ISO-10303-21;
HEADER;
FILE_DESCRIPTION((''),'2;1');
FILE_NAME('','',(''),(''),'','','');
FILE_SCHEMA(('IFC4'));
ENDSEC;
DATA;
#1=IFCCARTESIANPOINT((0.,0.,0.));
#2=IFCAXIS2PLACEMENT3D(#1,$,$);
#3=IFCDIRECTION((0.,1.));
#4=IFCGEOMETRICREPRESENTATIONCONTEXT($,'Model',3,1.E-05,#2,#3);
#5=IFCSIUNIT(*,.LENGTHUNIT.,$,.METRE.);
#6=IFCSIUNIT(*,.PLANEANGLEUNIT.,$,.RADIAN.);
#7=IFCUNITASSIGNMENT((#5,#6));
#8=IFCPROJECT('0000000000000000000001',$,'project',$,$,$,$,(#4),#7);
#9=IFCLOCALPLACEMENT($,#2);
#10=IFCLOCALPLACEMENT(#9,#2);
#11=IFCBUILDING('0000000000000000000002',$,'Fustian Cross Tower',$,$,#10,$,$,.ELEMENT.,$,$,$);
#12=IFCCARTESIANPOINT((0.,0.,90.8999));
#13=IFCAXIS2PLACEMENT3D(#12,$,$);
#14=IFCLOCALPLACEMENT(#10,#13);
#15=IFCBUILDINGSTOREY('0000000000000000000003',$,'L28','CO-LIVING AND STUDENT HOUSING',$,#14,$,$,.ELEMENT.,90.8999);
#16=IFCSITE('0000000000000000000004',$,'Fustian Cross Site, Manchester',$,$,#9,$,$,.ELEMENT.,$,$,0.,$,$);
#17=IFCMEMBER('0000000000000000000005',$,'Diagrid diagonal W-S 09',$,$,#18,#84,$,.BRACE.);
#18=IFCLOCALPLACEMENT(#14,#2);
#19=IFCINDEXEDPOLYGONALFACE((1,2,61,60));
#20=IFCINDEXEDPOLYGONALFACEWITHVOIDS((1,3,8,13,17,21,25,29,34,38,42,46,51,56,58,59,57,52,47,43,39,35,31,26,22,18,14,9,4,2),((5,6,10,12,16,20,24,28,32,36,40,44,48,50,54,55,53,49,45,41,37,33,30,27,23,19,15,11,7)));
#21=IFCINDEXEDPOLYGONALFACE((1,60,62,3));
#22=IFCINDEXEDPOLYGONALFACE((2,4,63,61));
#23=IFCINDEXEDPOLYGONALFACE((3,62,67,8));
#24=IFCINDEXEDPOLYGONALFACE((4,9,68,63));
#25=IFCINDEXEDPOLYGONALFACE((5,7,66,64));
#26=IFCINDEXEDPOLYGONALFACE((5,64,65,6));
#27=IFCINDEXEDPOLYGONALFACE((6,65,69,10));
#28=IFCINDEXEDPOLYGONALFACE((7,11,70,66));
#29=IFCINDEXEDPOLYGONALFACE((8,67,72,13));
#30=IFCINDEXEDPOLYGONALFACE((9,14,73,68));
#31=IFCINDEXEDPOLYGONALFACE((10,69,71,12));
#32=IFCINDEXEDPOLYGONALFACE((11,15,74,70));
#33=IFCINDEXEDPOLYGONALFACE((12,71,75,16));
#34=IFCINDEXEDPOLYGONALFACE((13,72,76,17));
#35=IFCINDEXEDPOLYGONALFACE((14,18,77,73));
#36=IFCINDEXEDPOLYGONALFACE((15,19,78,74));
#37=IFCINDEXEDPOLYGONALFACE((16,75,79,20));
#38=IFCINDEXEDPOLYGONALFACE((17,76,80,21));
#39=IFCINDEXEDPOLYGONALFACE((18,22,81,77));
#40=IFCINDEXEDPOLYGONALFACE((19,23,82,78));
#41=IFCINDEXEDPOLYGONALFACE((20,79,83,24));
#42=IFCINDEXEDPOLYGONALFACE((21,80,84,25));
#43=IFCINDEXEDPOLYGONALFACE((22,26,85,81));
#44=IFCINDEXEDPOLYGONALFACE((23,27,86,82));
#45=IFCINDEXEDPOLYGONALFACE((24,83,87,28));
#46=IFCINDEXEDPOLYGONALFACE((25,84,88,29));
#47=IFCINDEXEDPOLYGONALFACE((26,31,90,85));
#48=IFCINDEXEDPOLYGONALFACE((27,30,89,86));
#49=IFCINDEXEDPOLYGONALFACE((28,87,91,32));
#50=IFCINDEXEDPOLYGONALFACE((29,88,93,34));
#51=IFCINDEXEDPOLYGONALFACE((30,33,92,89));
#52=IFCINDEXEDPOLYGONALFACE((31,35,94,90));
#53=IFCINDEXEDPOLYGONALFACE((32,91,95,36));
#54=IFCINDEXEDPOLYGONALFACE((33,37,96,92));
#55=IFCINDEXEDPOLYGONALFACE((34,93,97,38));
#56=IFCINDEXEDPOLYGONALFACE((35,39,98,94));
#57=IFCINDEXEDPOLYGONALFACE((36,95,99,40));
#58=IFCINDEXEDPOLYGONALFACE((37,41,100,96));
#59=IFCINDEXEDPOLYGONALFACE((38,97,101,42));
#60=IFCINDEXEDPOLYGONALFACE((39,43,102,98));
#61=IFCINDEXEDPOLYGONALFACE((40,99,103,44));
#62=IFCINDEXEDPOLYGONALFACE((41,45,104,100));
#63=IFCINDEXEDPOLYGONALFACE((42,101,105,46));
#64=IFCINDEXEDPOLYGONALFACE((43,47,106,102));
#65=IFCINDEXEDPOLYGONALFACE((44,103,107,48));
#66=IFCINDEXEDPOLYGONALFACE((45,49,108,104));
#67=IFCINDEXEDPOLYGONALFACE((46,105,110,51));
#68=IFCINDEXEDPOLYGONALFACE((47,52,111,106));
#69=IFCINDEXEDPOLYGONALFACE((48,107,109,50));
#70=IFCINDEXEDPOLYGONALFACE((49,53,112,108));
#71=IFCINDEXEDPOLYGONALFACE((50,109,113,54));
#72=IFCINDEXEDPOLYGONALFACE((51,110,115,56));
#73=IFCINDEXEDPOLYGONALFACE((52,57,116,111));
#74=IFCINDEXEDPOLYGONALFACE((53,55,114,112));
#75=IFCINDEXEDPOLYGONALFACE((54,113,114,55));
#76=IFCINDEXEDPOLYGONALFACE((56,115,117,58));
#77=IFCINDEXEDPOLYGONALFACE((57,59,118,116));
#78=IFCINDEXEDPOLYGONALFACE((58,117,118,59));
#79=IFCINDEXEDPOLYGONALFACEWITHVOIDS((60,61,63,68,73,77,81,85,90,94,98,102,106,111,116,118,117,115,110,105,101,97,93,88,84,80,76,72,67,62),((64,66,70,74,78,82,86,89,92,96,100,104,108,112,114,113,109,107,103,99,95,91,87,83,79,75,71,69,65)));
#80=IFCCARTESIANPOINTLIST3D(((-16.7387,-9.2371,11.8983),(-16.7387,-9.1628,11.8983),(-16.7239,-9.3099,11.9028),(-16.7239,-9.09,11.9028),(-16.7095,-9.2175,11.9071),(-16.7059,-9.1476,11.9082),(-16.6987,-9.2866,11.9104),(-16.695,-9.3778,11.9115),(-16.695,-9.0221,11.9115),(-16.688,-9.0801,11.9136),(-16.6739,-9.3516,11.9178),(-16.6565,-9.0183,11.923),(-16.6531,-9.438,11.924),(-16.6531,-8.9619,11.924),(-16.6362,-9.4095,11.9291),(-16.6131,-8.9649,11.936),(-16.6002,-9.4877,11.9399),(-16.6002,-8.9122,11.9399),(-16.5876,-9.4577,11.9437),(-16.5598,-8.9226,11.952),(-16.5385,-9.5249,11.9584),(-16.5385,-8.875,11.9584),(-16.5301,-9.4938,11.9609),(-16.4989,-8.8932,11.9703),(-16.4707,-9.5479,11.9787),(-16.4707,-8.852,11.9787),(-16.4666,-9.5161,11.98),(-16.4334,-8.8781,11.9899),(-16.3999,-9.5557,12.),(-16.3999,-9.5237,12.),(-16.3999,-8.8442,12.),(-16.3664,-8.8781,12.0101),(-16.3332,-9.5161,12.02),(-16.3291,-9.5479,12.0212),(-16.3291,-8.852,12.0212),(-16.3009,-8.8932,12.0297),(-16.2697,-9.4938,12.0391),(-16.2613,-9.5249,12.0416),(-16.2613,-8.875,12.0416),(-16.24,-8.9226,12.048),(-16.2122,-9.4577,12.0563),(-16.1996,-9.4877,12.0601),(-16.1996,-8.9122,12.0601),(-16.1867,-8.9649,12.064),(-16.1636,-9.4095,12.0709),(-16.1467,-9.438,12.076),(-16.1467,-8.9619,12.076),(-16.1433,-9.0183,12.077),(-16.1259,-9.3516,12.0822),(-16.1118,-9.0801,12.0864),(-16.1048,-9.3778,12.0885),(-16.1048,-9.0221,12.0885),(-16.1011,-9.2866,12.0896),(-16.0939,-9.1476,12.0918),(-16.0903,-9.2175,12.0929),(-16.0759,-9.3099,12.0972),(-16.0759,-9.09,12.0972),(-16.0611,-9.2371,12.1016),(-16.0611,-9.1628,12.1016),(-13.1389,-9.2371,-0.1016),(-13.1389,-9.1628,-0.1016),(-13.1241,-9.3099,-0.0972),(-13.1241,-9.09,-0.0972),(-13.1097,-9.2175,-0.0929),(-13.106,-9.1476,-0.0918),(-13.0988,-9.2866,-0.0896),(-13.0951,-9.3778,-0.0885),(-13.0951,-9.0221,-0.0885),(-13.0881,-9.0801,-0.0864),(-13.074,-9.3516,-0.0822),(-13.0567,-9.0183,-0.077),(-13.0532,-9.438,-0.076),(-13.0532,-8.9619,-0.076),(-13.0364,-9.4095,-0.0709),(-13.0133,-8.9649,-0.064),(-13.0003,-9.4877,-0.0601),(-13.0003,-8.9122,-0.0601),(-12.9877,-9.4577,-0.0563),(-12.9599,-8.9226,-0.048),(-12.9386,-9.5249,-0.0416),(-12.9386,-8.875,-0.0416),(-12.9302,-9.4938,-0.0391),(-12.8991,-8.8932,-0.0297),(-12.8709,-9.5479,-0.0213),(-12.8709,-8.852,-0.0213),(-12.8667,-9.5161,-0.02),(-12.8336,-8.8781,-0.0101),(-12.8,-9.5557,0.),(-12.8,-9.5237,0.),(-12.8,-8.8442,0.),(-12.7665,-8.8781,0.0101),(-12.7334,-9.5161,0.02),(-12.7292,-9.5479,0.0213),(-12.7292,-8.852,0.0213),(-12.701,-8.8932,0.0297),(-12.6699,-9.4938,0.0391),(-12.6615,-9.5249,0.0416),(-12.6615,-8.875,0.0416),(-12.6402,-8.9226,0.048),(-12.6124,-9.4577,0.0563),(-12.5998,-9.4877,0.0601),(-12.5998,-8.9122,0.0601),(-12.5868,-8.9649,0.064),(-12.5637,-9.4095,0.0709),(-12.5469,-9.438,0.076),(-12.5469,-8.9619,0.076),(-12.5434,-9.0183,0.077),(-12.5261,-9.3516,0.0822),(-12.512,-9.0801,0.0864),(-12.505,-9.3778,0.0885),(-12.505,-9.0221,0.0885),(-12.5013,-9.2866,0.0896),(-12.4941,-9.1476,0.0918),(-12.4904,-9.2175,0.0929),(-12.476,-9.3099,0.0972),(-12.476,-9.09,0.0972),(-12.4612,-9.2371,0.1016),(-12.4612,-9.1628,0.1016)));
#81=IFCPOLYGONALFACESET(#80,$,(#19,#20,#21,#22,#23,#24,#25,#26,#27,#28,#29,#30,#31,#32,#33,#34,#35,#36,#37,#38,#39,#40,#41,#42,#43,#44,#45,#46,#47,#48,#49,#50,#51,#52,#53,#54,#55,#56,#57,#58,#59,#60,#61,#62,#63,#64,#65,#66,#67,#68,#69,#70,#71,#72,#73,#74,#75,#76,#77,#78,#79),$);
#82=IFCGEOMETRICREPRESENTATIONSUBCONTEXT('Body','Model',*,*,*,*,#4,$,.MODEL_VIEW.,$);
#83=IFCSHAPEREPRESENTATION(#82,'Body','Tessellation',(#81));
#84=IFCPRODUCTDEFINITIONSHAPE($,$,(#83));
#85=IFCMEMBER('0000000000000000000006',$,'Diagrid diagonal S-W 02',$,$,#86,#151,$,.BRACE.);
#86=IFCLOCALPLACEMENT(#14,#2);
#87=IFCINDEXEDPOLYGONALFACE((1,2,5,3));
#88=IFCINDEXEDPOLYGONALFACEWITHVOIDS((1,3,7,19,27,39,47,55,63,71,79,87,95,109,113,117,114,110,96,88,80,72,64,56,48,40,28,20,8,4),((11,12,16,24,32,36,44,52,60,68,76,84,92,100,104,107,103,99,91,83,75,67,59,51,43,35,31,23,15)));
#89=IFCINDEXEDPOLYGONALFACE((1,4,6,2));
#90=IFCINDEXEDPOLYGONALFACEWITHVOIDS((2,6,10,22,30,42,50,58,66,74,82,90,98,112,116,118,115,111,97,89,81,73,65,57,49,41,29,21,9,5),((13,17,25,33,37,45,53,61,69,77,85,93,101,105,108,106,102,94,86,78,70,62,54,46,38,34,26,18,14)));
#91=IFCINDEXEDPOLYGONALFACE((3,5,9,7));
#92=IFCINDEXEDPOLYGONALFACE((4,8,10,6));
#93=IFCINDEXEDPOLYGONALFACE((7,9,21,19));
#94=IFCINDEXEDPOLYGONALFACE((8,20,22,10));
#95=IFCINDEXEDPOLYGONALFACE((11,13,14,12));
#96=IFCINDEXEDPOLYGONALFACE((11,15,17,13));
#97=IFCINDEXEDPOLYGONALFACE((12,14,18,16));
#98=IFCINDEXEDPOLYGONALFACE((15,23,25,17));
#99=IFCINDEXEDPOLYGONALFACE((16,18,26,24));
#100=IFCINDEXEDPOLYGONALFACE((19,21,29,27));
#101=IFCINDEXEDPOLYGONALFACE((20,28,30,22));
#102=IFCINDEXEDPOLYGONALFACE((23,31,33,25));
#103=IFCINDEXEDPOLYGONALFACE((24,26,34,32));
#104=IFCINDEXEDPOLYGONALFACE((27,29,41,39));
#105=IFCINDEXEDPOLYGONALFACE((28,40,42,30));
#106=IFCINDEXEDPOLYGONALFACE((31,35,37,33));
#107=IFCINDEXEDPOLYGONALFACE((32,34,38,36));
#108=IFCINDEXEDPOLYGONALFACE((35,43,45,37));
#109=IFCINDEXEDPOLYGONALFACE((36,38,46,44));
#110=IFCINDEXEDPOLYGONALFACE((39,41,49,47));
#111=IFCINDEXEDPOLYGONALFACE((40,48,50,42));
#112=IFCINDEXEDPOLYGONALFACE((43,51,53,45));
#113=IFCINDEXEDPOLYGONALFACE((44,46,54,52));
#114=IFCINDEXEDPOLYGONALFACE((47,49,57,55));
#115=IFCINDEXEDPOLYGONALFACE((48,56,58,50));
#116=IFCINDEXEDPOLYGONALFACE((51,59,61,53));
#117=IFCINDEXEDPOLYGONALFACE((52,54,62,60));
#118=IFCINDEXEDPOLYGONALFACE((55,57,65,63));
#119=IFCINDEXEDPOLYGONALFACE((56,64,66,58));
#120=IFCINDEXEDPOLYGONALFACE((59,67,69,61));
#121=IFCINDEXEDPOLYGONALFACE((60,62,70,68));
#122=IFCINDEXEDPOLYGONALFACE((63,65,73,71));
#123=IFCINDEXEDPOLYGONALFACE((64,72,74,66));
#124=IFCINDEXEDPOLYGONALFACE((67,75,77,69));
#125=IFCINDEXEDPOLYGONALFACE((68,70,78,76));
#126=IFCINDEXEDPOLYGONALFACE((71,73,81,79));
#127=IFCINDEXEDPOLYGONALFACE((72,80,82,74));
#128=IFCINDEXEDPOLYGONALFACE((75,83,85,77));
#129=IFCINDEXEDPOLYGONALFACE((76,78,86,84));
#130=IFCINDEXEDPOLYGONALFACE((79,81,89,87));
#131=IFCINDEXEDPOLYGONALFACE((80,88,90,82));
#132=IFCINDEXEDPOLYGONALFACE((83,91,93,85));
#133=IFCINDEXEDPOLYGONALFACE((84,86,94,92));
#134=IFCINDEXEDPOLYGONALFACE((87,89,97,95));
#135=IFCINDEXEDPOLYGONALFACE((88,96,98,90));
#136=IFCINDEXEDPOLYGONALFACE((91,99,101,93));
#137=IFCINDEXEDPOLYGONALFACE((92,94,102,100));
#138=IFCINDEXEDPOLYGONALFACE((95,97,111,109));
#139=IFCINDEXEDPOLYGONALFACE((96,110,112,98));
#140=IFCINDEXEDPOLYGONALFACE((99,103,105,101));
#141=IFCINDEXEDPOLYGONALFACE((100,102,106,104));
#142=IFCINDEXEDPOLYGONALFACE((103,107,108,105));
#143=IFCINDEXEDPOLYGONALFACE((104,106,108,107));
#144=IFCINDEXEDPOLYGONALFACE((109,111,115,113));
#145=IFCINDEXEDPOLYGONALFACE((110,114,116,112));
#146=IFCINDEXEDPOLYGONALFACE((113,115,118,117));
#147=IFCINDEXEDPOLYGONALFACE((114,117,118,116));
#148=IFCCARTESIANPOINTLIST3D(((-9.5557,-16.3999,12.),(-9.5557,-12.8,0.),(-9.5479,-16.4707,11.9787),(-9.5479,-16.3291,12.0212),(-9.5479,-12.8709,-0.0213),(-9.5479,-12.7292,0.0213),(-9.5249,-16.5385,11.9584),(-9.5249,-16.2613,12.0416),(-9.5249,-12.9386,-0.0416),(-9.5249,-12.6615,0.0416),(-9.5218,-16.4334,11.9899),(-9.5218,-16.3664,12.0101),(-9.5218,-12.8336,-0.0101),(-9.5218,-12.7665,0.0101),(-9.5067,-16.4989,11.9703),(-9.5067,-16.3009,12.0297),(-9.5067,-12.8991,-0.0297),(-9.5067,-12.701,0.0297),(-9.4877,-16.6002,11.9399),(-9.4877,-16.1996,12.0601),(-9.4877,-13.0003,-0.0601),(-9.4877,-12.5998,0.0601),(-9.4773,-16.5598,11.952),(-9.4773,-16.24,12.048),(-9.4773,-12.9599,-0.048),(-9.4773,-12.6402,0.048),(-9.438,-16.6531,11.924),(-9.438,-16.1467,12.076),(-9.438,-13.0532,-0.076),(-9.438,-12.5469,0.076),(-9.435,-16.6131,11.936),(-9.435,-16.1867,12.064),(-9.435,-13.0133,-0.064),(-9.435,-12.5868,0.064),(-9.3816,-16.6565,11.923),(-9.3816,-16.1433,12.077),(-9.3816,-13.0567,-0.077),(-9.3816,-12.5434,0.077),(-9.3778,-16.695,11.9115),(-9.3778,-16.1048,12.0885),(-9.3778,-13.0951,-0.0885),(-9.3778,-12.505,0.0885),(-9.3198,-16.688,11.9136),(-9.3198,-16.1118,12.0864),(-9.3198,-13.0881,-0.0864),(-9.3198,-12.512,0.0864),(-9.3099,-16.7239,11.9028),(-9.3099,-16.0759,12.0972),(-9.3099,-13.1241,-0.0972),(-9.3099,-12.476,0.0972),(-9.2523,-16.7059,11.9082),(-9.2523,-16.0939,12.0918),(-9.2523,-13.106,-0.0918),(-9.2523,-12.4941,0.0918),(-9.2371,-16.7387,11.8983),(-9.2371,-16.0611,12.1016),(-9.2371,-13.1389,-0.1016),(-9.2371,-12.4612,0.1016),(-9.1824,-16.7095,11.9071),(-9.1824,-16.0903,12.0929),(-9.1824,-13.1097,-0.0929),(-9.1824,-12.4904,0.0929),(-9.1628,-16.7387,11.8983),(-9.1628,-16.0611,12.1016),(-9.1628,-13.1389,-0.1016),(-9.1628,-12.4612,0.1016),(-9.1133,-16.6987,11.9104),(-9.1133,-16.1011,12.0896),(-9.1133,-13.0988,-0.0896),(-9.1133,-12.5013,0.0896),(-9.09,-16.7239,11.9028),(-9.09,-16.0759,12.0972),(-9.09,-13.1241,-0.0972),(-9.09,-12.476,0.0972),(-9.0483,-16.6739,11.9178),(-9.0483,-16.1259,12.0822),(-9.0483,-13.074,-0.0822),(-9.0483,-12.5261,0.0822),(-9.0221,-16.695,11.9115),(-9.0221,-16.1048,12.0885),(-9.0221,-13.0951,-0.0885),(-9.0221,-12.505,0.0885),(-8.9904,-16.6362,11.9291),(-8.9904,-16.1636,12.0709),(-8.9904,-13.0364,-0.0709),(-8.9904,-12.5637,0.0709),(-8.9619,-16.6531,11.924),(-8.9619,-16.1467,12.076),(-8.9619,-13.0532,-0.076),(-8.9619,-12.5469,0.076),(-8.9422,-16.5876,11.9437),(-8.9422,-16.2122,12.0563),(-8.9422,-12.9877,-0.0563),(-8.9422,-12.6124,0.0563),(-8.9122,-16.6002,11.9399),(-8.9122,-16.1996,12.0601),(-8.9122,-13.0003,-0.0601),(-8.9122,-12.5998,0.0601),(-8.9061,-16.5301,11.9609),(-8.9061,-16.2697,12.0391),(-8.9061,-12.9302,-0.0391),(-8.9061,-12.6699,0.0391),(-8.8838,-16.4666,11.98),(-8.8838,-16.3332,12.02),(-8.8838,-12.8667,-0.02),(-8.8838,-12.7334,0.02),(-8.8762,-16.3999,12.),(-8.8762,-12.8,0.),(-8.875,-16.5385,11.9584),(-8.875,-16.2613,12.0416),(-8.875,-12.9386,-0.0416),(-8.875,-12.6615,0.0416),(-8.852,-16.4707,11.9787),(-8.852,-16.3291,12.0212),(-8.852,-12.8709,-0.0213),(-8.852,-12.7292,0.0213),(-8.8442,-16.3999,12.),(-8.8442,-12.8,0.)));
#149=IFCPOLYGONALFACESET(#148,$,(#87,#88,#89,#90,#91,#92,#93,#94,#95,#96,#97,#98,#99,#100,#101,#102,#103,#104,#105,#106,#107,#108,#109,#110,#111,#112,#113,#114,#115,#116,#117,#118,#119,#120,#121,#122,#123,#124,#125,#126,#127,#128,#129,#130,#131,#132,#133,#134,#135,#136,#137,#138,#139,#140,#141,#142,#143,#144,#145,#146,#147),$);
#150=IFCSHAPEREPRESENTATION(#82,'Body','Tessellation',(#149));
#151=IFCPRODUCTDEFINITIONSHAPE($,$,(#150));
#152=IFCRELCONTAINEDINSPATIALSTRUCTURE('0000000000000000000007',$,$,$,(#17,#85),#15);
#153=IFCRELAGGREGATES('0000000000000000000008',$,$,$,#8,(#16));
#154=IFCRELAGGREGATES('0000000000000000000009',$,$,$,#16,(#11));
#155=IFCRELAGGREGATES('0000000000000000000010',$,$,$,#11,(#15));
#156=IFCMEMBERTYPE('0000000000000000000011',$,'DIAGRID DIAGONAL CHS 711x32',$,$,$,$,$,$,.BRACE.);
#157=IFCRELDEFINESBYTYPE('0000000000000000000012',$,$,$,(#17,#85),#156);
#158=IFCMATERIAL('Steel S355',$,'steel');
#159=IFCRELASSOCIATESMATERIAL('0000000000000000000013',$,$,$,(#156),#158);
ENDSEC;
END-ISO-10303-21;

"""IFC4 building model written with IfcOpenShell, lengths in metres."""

from ifc_helpers import new_model, si_unit, direction, frame, origin, origin_2d, place, context, subcontext, project, spatial, hollow_circle, extrude, material, material_profile, profile_set, type_object, element, save


model = new_model("IFC4")

# Units and contexts
model_context = context("Model", 3, precision=1e-05, world=origin(), true_north=direction((0.0, 1.0)))
body_context = subcontext(model_context, "Body", "Model", "MODEL_VIEW")
ifc_project = project(units=[si_unit("LENGTHUNIT", "METRE"), si_unit("PLANEANGLEUNIT", "RADIAN")], contexts=[model_context])

# Site, building, storey
site_placement = place(None, origin())
site = spatial("IfcSite", under=ifc_project, at=site_placement, Name="Fustian Cross Site, Manchester", CompositionType="ELEMENT", RefElevation=0.0)
building_placement = place(site_placement, origin())
building = spatial("IfcBuilding", under=site, at=building_placement, Name="Fustian Cross Tower", CompositionType="ELEMENT")
storey_placement = place(building_placement, frame((0.0, 0.0, 90.8999)))
storey = spatial("IfcBuildingStorey", under=building, at=storey_placement, Name="L28", Description="CO-LIVING AND STUDENT HOUSING", CompositionType="ELEMENT", Elevation=90.8999)

# Members
ifc_material_1 = material(Name="Steel S355", Category="steel")
ifc_material_profile_1 = material_profile(ifc_material_1, hollow_circle(Radius=0.3557, WallThickness=0.032, at=origin_2d()), Name="CHS 711x32")
ifc_profile_set_1 = profile_set([ifc_material_profile_1], Name="Steel S355")
member_type_1 = type_object("IfcMemberType", Name="DIAGRID DIAGONAL CHS 711x32", PredefinedType="BRACE", material=ifc_profile_set_1)
for number, where, z_axis, x_axis, name in (
    (1, (-12.8, -9.2, 0.0), (-0.287337, 0.0, 0.95783), (0.0, -1.0, 0.0), "Diagrid diagonal W-S 09"),
    (2, (-9.2, -12.8, 0.0), (0.0, -0.287337, 0.95783), (1.0, 0.0, 0.0), "Diagrid diagonal S-W 02"),
):
    element("IfcMember", number, at=place(storey_placement, frame(where, z_axis=z_axis, x_axis=x_axis)), inside=storey, type_object=member_type_1, Name=name, PredefinedType="BRACE", context=body_context, shape_type="SweptSolid", body=[
        extrude(hollow_circle(Radius=0.3557, WallThickness=0.032, at=origin_2d()), origin(), (0.0, 0.0, 1.0), 12.5283),
    ])

save(model, "model.ifc")
